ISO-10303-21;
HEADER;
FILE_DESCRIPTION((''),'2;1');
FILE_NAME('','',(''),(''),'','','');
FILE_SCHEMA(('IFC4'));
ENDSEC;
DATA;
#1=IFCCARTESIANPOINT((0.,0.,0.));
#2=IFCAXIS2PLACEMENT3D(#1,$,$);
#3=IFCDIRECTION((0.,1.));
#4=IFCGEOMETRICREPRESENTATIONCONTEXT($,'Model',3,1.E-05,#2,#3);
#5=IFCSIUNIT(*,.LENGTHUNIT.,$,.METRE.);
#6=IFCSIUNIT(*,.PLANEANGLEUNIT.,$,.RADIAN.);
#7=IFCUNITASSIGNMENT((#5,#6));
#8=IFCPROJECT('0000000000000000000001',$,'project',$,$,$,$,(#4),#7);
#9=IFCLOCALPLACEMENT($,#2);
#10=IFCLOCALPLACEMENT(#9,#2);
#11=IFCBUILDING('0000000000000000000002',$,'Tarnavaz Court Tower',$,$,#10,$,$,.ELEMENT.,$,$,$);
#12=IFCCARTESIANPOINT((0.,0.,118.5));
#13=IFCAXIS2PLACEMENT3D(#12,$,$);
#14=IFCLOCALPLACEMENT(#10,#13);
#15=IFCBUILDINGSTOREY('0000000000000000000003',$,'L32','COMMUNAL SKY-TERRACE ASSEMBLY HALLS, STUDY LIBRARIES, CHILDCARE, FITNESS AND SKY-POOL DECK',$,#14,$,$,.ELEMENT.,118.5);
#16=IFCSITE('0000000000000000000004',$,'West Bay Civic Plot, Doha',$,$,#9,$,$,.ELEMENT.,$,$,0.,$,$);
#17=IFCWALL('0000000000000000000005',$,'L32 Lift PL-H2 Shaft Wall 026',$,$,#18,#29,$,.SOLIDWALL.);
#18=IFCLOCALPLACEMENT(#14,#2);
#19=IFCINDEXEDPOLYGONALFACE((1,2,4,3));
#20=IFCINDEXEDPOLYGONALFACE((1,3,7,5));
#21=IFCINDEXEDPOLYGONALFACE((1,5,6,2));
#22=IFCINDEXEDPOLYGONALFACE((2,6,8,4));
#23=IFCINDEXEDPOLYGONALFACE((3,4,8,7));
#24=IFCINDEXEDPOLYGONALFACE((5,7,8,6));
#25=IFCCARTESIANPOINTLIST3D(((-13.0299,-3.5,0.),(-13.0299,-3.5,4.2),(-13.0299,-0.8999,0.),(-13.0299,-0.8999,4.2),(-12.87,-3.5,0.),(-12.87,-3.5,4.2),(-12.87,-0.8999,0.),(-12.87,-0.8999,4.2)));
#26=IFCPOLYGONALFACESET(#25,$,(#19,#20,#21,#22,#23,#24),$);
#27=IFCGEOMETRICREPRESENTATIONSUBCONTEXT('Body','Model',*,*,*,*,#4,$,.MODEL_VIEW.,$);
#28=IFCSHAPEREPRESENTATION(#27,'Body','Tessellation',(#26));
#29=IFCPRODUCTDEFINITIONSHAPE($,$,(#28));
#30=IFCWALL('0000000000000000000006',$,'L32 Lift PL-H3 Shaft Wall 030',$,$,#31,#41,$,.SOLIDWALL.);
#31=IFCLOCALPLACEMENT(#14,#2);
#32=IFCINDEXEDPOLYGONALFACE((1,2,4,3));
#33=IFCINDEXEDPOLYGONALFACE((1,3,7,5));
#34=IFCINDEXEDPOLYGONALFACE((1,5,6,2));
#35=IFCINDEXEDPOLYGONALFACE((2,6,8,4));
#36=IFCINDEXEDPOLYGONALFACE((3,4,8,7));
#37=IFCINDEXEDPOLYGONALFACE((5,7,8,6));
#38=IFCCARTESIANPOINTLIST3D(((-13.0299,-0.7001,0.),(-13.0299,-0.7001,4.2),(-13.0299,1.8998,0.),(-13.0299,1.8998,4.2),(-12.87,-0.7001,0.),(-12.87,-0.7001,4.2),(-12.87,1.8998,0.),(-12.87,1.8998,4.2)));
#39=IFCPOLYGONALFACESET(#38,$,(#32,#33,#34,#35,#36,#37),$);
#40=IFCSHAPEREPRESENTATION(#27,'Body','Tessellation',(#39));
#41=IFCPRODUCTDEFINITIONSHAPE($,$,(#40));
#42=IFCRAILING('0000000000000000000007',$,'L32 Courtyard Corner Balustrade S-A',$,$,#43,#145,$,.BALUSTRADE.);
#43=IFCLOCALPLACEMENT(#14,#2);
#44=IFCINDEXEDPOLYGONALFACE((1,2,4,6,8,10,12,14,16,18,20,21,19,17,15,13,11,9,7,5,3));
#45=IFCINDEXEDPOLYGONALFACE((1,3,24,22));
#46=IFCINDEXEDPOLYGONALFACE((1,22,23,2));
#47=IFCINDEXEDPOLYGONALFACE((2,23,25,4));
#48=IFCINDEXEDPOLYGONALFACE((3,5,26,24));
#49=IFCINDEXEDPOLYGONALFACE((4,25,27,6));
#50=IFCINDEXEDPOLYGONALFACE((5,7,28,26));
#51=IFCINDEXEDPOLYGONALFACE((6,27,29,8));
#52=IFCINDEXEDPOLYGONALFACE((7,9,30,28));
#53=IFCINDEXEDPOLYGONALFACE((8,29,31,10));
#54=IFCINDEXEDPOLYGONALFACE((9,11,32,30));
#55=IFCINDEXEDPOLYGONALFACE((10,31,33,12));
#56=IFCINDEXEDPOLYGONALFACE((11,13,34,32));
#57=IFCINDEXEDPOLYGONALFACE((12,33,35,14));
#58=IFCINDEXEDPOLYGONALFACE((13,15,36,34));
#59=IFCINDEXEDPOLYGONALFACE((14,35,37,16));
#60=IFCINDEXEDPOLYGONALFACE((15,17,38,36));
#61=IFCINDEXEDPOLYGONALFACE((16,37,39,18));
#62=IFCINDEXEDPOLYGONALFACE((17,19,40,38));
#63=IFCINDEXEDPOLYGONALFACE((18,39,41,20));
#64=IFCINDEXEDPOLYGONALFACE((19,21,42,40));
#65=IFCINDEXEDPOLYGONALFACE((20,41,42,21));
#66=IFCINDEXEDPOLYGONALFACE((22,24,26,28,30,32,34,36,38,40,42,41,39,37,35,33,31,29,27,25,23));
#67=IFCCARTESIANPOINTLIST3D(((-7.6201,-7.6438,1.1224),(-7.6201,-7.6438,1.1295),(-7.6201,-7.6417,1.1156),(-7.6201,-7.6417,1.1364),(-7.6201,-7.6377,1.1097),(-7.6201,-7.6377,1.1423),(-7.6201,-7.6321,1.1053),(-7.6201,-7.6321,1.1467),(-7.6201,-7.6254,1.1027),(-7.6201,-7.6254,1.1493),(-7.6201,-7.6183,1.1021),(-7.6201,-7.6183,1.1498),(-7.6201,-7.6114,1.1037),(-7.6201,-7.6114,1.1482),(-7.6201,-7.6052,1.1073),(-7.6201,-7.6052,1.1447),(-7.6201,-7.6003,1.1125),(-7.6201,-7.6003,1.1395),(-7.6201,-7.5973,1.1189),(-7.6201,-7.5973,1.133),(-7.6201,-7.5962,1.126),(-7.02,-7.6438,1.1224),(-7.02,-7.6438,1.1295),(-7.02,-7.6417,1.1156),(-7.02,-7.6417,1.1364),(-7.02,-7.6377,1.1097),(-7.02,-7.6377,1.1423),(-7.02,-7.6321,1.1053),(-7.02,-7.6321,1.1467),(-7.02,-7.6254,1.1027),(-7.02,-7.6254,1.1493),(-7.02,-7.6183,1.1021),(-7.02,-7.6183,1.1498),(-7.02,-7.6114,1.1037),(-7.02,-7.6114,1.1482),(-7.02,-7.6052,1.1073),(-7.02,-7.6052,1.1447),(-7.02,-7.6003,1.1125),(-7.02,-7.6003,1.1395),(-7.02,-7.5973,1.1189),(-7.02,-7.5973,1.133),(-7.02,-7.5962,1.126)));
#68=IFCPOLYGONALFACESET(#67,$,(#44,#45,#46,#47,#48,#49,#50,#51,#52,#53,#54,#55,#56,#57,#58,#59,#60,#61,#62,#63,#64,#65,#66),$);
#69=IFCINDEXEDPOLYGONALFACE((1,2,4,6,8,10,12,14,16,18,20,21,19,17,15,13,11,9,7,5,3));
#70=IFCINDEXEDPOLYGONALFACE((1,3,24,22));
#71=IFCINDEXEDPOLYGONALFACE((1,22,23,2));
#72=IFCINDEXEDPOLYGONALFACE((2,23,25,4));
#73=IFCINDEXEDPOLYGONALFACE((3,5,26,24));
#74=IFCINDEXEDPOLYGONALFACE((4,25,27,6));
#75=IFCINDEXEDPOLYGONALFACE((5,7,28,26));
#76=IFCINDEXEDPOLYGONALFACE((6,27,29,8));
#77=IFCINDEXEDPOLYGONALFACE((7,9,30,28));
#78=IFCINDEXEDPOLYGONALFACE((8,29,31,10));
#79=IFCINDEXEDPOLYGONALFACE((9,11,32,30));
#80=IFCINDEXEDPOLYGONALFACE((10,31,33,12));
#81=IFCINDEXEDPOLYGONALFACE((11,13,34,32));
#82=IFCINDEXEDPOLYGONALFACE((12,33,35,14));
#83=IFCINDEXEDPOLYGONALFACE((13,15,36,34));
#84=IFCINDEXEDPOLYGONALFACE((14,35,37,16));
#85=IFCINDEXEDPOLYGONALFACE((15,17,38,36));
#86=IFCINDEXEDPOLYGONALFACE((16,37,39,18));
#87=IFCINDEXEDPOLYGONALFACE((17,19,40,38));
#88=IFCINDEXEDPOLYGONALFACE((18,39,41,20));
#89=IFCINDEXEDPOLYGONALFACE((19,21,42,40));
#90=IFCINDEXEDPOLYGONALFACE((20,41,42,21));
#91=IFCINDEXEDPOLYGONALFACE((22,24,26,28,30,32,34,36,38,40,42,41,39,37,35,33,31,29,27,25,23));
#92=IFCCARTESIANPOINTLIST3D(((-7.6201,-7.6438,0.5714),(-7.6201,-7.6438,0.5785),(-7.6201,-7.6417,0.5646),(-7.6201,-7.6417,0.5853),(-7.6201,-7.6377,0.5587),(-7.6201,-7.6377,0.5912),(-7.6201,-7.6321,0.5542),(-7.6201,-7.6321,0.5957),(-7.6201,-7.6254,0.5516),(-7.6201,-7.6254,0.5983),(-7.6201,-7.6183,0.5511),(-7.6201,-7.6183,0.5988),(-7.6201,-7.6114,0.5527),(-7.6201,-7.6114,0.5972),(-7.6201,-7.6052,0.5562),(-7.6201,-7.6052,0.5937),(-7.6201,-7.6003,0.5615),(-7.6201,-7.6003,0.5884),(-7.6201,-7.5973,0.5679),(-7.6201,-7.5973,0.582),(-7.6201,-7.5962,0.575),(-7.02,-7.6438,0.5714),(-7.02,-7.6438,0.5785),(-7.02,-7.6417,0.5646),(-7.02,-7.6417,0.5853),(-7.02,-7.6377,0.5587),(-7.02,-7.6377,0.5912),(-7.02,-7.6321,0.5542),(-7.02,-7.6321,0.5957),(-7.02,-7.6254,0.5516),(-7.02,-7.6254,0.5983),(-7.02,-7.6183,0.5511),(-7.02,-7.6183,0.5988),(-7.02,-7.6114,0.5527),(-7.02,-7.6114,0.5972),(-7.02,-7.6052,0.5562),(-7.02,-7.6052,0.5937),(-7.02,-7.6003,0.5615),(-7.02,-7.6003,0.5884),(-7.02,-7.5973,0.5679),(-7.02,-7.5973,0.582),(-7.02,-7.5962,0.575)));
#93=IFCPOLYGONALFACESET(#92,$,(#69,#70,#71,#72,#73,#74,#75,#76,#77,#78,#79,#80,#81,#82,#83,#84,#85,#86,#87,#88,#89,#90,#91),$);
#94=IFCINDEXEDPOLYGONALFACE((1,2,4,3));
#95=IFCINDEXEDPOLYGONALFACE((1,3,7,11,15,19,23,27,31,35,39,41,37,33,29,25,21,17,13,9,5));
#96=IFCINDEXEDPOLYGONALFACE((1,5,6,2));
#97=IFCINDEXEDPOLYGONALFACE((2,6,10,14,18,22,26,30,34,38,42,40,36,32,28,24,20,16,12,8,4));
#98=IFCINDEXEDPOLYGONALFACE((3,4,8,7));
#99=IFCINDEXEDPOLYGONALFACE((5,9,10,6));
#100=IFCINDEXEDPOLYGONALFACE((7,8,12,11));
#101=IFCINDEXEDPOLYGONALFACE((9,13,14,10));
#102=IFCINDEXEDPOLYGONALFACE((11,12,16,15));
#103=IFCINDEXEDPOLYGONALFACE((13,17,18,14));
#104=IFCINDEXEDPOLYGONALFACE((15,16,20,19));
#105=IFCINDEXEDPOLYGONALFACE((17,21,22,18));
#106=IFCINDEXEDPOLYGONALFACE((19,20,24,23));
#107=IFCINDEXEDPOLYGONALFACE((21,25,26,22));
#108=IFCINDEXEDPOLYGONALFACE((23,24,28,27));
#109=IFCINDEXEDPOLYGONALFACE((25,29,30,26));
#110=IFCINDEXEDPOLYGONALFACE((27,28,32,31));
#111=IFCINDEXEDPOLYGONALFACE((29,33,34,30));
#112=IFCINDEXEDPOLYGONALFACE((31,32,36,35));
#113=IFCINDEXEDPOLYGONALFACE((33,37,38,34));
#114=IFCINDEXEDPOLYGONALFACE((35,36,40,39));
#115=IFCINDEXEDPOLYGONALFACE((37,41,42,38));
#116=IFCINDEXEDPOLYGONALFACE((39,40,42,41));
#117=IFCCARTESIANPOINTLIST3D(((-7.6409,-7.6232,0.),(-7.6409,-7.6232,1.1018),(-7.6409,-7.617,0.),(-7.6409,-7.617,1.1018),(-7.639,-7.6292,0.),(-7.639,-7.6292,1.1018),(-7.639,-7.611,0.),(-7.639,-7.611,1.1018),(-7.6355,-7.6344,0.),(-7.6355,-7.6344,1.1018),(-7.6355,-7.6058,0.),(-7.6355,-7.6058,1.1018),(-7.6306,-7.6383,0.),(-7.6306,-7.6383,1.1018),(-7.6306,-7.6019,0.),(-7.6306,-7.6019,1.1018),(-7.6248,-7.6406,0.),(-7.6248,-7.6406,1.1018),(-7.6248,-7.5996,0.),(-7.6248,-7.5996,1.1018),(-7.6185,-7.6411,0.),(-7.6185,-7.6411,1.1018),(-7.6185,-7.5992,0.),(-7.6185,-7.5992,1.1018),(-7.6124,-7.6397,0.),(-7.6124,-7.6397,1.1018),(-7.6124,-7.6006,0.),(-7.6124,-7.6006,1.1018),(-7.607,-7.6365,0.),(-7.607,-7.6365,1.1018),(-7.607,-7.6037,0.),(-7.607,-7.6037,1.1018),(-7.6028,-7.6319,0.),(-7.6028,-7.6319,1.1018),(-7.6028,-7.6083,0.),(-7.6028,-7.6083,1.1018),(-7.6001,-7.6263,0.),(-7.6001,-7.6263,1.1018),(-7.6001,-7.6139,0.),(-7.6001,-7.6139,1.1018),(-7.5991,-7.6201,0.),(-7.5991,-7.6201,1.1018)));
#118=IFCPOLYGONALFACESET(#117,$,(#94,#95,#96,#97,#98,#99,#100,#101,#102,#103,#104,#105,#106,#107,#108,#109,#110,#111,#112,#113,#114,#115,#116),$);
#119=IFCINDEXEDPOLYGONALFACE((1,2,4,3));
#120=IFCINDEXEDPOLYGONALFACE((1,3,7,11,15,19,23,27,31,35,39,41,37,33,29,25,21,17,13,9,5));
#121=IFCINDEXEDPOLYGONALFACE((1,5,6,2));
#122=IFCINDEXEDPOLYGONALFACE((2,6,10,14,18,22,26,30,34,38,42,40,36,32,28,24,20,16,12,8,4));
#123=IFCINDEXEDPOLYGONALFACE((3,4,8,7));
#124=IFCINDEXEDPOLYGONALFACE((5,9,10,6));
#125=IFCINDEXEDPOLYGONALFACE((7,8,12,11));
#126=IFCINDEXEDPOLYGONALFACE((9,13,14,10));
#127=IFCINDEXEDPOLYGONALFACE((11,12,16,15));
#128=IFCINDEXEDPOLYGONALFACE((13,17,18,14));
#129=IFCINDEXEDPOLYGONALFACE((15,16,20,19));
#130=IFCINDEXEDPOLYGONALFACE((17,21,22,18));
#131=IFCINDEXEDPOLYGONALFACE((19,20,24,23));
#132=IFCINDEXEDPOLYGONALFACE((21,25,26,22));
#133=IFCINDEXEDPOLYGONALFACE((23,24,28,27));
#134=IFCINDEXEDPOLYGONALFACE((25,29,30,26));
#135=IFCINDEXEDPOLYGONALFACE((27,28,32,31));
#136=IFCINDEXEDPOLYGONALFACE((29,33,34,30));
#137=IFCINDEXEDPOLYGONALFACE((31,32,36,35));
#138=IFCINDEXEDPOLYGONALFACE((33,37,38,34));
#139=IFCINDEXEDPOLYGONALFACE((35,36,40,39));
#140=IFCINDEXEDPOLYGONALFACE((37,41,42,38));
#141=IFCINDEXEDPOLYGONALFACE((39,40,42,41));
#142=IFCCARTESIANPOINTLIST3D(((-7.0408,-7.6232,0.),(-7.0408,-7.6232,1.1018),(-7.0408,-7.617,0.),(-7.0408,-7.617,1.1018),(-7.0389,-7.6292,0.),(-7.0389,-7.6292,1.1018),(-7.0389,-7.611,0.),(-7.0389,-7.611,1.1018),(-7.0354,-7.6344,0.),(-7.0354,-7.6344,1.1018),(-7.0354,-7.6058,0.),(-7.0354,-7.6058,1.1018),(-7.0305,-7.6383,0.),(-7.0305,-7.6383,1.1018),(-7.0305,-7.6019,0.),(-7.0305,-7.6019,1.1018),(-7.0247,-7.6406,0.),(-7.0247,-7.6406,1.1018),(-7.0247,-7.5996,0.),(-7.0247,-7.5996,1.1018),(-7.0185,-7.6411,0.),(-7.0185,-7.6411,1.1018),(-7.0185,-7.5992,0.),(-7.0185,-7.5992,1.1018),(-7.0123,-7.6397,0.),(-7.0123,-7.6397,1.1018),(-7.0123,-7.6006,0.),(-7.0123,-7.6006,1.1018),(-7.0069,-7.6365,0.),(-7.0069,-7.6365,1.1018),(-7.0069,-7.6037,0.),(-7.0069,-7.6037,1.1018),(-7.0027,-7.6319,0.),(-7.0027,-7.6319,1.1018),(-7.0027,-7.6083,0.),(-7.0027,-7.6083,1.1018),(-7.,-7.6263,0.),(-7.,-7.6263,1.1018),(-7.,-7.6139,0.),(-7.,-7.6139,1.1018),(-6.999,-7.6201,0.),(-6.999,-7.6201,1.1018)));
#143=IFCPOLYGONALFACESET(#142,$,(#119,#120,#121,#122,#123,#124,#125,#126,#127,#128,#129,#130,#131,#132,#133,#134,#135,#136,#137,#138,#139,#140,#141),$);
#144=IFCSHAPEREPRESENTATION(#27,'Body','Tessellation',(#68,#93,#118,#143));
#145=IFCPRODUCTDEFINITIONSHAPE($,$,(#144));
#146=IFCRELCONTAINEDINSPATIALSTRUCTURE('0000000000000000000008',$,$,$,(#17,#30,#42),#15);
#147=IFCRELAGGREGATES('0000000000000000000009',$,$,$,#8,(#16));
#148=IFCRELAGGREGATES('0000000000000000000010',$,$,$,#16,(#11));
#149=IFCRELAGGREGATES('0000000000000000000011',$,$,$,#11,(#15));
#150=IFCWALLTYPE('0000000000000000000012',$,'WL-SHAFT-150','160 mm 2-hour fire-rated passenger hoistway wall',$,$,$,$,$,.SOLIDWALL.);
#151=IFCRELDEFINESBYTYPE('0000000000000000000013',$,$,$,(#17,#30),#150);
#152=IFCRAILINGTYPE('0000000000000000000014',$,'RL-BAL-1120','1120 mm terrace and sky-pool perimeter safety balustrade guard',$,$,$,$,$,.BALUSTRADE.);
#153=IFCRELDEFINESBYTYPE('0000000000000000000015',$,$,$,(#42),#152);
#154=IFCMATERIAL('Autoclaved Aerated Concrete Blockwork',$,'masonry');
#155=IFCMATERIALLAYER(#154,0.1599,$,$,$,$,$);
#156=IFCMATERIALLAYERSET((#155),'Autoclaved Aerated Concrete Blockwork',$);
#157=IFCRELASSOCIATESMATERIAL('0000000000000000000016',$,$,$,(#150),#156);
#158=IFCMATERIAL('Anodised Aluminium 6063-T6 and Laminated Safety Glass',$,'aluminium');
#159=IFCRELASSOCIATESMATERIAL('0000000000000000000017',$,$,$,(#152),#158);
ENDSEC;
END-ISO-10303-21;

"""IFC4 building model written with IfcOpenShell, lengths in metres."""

from ifc_helpers import new_model, si_unit, direction, frame, frame_2d, origin, origin_2d, place, context, subcontext, project, spatial, rectangle, circle, extrude, material, layer, layer_set, type_object, element, save


model = new_model("IFC4")

# Units and contexts
model_context = context("Model", 3, precision=1e-05, world=origin(), true_north=direction((0.0, 1.0)))
body_context = subcontext(model_context, "Body", "Model", "MODEL_VIEW")
ifc_project = project(units=[si_unit("LENGTHUNIT", "METRE"), si_unit("PLANEANGLEUNIT", "RADIAN")], contexts=[model_context])

# Site, building, storey
site_placement = place(None, origin())
site = spatial("IfcSite", under=ifc_project, at=site_placement, Name="West Bay Civic Plot, Doha", CompositionType="ELEMENT", RefElevation=0.0)
building_placement = place(site_placement, origin())
building = spatial("IfcBuilding", under=site, at=building_placement, Name="Tarnavaz Court Tower", CompositionType="ELEMENT")
storey_placement = place(building_placement, frame((0.0, 0.0, 118.5)))
storey = spatial("IfcBuildingStorey", under=building, at=storey_placement, Name="L32", Description="COMMUNAL SKY-TERRACE ASSEMBLY HALLS, STUDY LIBRARIES, CHILDCARE, FITNESS AND SKY-POOL DECK", CompositionType="ELEMENT", Elevation=118.5)

# Walls
ifc_material_1 = material(Name="Autoclaved Aerated Concrete Blockwork", Category="masonry")
ifc_layer_1 = layer(ifc_material_1, 0.1599)
ifc_layer_set_1 = layer_set([ifc_layer_1], Name="Autoclaved Aerated Concrete Blockwork")
wall_type_1 = type_object("IfcWallType", Name="WL-SHAFT-150", Description="160 mm 2-hour fire-rated passenger hoistway wall", PredefinedType="SOLIDWALL", material=ifc_layer_set_1)
for number, where, z_axis, x_axis, name in (
    (1, (-12.95, -3.5, 0.0), (0.0, 0.0, 1.0), (0.0, 1.0, 0.0), "L32 Lift PL-H2 Shaft Wall 026"),
):
    element("IfcWall", number, at=place(storey_placement, frame(where, z_axis=z_axis, x_axis=x_axis)), inside=storey, type_object=wall_type_1, Name=name, PredefinedType="SOLIDWALL", context=body_context, shape_type="SweptSolid", body=[
        extrude(rectangle(XDim=2.6001, YDim=0.1599, at=frame_2d((1.3, 0.0))), origin(), (0.0, 0.0, 1.0), 4.2),
    ])
wall_1_placement = place(storey_placement, frame((-12.95, -0.7, 0.0), z_axis=(0.0, 0.0, 1.0), x_axis=(0.0, 1.0, 0.0)))
element("IfcWall", 2, at=wall_1_placement, inside=storey, type_object=wall_type_1, Name="L32 Lift PL-H3 Shaft Wall 030", PredefinedType="SOLIDWALL", context=body_context, shape_type="SweptSolid", body=[
    extrude(rectangle(XDim=2.5999, YDim=0.1599, at=frame_2d((1.2998, 0.0))), origin(), (0.0, 0.0, 1.0), 4.2),
])

# Railing
ifc_material_2 = material(Name="Anodised Aluminium 6063-T6 and Laminated Safety Glass", Category="aluminium")
railing_type = type_object("IfcRailingType", Name="RL-BAL-1120", Description="1120 mm terrace and sky-pool perimeter safety balustrade guard", PredefinedType="BALUSTRADE", material=ifc_material_2)
railing_placement = place(storey_placement, frame((-7.6201, -7.6201, 0.0)))
element("IfcRailing", 3, at=railing_placement, inside=storey, type_object=railing_type, Name="L32 Courtyard Corner Balustrade S-A", PredefinedType="BALUSTRADE", context=body_context, shape_type="SweptSolid", body=[
    extrude(circle(Radius=0.0239, at=origin_2d()), frame((0.0, 0.0, 1.126), z_axis=(1.0, 0.0, 0.0), x_axis=(0.0, 1.0, 0.0)), (0.0, 0.0, 1.0), 0.6001),
    extrude(circle(Radius=0.0239, at=origin_2d()), frame((0.0, 0.0, 0.575), z_axis=(1.0, 0.0, 0.0), x_axis=(0.0, 1.0, 0.0)), (0.0, 0.0, 1.0), 0.6001),
    extrude(circle(Radius=0.021, at=origin_2d()), origin(), (0.0, 0.0, 1.0), 1.1018),
    extrude(circle(Radius=0.021, at=origin_2d()), frame((0.6001, 0.0, 0.0)), (0.0, 0.0, 1.0), 1.1018),
])

save(model, "model.ifc")
